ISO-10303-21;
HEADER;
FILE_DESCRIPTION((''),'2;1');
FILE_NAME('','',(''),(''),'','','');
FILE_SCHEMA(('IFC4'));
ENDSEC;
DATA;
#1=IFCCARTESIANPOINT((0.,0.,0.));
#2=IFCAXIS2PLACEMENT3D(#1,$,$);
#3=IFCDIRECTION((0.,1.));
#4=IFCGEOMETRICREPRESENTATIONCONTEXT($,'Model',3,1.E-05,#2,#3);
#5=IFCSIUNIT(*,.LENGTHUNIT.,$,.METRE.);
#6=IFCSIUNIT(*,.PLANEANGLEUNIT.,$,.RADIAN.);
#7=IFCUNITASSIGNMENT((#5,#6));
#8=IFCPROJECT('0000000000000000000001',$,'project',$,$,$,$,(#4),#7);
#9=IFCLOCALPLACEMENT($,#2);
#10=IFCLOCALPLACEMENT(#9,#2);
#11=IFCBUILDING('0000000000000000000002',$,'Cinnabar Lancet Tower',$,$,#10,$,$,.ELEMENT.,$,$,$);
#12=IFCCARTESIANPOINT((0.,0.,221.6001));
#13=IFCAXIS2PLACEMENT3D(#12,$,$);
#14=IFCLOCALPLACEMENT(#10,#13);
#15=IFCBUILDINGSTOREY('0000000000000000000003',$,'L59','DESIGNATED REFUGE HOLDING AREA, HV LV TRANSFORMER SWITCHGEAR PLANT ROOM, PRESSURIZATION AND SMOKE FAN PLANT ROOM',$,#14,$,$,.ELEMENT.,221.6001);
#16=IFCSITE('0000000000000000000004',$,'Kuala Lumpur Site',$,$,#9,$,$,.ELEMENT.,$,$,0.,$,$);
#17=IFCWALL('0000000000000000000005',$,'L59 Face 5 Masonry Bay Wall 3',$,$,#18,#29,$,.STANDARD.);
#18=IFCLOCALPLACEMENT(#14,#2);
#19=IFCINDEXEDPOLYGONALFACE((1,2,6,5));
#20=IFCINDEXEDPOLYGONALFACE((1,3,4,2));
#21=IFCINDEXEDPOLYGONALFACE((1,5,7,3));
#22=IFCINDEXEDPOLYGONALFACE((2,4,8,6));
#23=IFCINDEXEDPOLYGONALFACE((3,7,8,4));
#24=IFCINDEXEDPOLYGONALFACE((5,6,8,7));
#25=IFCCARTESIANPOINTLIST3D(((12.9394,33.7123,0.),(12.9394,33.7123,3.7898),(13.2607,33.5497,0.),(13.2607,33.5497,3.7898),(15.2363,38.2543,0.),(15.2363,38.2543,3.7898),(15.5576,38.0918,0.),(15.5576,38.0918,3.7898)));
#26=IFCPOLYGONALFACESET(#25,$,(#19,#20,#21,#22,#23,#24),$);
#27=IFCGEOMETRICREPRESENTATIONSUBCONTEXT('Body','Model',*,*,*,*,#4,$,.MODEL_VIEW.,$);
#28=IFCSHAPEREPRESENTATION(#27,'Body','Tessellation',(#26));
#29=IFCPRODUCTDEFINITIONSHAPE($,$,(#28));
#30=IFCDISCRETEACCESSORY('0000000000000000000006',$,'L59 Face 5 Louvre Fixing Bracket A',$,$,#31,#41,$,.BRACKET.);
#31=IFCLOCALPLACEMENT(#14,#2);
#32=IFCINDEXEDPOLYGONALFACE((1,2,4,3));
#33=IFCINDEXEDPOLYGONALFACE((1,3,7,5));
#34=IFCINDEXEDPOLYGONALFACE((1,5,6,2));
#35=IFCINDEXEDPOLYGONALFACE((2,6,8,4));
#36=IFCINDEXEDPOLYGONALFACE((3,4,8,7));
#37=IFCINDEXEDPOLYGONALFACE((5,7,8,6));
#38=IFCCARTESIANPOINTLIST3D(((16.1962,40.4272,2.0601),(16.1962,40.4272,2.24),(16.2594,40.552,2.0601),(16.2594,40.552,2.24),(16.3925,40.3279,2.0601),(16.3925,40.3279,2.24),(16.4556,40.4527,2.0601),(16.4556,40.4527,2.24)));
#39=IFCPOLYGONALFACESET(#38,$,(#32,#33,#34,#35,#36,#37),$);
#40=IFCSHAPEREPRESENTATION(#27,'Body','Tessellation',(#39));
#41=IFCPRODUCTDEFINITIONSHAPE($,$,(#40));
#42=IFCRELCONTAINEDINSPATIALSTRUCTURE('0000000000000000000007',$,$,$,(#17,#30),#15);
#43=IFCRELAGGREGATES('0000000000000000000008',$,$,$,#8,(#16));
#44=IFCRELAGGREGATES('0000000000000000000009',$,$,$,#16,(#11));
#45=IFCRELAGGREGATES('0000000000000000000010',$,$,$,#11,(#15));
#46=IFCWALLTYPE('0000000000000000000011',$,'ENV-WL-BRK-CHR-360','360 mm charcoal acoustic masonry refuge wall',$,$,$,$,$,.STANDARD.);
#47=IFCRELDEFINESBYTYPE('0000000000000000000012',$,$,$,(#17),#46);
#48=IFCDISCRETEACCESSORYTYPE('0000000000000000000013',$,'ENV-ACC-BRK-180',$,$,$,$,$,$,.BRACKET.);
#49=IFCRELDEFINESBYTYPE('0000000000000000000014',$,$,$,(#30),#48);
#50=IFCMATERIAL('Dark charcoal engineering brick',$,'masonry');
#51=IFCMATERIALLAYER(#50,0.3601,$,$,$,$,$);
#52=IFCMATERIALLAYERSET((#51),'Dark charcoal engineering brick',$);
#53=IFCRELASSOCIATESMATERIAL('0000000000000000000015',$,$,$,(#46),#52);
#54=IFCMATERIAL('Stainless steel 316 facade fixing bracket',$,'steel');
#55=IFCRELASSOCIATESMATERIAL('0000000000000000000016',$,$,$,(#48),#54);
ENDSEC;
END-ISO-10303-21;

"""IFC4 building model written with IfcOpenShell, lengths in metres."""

from ifc_helpers import new_model, si_unit, direction, frame, frame_2d, origin, origin_2d, place, context, subcontext, project, spatial, rectangle, extrude, material, layer, layer_set, type_object, element, save


model = new_model("IFC4")

# Units and contexts
model_context = context("Model", 3, precision=1e-05, world=origin(), true_north=direction((0.0, 1.0)))
body_context = subcontext(model_context, "Body", "Model", "MODEL_VIEW")
ifc_project = project(units=[si_unit("LENGTHUNIT", "METRE"), si_unit("PLANEANGLEUNIT", "RADIAN")], contexts=[model_context])

# Site, building, storey
site_placement = place(None, origin())
site = spatial("IfcSite", under=ifc_project, at=site_placement, Name="Kuala Lumpur Site", CompositionType="ELEMENT", RefElevation=0.0)
building_placement = place(site_placement, origin())
building = spatial("IfcBuilding", under=site, at=building_placement, Name="Cinnabar Lancet Tower", CompositionType="ELEMENT")
storey_placement = place(building_placement, frame((0.0, 0.0, 221.6001)))
storey = spatial("IfcBuildingStorey", under=building, at=storey_placement, Name="L59", Description="DESIGNATED REFUGE HOLDING AREA, HV LV TRANSFORMER SWITCHGEAR PLANT ROOM, PRESSURIZATION AND SMOKE FAN PLANT ROOM", CompositionType="ELEMENT", Elevation=221.6001)

# Wall
ifc_material_1 = material(Name="Dark charcoal engineering brick", Category="masonry")
ifc_layer_1 = layer(ifc_material_1, 0.3601)
ifc_layer_set_1 = layer_set([ifc_layer_1], Name="Dark charcoal engineering brick")
wall_type = type_object("IfcWallType", Name="ENV-WL-BRK-CHR-360", Description="360 mm charcoal acoustic masonry refuge wall", PredefinedType="STANDARD", material=ifc_layer_set_1)
wall_1_placement = place(storey_placement, frame((15.397, 38.1731, 0.0), z_axis=(0.0, 0.0, 1.0), x_axis=(-0.451277, -0.892384, 0.0)))
element("IfcWall", 1, at=wall_1_placement, inside=storey, type_object=wall_type, Name="L59 Face 5 Masonry Bay Wall 3", PredefinedType="STANDARD", context=body_context, shape_type="SweptSolid", body=[
    extrude(rectangle(XDim=5.0898, YDim=0.3601, at=frame_2d((2.5449, 0.0))), origin(), (0.0, 0.0, 1.0), 3.7898),
])

# Discrete accessory
ifc_material_2 = material(Name="Stainless steel 316 facade fixing bracket", Category="steel")
discrete_accessory_type = type_object("IfcDiscreteAccessoryType", Name="ENV-ACC-BRK-180", PredefinedType="BRACKET", material=ifc_material_2)
discrete_accessory_placement = place(storey_placement, frame((16.3259, 40.4399, 2.0601), z_axis=(0.0, 0.0, 1.0), x_axis=(-0.451376, -0.892334, 0.0)))
element("IfcDiscreteAccessory", 2, at=discrete_accessory_placement, inside=storey, type_object=discrete_accessory_type, Name="L59 Face 5 Louvre Fixing Bracket A", PredefinedType="BRACKET", context=body_context, shape_type="SweptSolid", body=[
    extrude(rectangle(XDim=0.1399, YDim=0.22, at=origin_2d()), origin(), (0.0, 0.0, 1.0), 0.1799),
])

save(model, "model.ifc")
